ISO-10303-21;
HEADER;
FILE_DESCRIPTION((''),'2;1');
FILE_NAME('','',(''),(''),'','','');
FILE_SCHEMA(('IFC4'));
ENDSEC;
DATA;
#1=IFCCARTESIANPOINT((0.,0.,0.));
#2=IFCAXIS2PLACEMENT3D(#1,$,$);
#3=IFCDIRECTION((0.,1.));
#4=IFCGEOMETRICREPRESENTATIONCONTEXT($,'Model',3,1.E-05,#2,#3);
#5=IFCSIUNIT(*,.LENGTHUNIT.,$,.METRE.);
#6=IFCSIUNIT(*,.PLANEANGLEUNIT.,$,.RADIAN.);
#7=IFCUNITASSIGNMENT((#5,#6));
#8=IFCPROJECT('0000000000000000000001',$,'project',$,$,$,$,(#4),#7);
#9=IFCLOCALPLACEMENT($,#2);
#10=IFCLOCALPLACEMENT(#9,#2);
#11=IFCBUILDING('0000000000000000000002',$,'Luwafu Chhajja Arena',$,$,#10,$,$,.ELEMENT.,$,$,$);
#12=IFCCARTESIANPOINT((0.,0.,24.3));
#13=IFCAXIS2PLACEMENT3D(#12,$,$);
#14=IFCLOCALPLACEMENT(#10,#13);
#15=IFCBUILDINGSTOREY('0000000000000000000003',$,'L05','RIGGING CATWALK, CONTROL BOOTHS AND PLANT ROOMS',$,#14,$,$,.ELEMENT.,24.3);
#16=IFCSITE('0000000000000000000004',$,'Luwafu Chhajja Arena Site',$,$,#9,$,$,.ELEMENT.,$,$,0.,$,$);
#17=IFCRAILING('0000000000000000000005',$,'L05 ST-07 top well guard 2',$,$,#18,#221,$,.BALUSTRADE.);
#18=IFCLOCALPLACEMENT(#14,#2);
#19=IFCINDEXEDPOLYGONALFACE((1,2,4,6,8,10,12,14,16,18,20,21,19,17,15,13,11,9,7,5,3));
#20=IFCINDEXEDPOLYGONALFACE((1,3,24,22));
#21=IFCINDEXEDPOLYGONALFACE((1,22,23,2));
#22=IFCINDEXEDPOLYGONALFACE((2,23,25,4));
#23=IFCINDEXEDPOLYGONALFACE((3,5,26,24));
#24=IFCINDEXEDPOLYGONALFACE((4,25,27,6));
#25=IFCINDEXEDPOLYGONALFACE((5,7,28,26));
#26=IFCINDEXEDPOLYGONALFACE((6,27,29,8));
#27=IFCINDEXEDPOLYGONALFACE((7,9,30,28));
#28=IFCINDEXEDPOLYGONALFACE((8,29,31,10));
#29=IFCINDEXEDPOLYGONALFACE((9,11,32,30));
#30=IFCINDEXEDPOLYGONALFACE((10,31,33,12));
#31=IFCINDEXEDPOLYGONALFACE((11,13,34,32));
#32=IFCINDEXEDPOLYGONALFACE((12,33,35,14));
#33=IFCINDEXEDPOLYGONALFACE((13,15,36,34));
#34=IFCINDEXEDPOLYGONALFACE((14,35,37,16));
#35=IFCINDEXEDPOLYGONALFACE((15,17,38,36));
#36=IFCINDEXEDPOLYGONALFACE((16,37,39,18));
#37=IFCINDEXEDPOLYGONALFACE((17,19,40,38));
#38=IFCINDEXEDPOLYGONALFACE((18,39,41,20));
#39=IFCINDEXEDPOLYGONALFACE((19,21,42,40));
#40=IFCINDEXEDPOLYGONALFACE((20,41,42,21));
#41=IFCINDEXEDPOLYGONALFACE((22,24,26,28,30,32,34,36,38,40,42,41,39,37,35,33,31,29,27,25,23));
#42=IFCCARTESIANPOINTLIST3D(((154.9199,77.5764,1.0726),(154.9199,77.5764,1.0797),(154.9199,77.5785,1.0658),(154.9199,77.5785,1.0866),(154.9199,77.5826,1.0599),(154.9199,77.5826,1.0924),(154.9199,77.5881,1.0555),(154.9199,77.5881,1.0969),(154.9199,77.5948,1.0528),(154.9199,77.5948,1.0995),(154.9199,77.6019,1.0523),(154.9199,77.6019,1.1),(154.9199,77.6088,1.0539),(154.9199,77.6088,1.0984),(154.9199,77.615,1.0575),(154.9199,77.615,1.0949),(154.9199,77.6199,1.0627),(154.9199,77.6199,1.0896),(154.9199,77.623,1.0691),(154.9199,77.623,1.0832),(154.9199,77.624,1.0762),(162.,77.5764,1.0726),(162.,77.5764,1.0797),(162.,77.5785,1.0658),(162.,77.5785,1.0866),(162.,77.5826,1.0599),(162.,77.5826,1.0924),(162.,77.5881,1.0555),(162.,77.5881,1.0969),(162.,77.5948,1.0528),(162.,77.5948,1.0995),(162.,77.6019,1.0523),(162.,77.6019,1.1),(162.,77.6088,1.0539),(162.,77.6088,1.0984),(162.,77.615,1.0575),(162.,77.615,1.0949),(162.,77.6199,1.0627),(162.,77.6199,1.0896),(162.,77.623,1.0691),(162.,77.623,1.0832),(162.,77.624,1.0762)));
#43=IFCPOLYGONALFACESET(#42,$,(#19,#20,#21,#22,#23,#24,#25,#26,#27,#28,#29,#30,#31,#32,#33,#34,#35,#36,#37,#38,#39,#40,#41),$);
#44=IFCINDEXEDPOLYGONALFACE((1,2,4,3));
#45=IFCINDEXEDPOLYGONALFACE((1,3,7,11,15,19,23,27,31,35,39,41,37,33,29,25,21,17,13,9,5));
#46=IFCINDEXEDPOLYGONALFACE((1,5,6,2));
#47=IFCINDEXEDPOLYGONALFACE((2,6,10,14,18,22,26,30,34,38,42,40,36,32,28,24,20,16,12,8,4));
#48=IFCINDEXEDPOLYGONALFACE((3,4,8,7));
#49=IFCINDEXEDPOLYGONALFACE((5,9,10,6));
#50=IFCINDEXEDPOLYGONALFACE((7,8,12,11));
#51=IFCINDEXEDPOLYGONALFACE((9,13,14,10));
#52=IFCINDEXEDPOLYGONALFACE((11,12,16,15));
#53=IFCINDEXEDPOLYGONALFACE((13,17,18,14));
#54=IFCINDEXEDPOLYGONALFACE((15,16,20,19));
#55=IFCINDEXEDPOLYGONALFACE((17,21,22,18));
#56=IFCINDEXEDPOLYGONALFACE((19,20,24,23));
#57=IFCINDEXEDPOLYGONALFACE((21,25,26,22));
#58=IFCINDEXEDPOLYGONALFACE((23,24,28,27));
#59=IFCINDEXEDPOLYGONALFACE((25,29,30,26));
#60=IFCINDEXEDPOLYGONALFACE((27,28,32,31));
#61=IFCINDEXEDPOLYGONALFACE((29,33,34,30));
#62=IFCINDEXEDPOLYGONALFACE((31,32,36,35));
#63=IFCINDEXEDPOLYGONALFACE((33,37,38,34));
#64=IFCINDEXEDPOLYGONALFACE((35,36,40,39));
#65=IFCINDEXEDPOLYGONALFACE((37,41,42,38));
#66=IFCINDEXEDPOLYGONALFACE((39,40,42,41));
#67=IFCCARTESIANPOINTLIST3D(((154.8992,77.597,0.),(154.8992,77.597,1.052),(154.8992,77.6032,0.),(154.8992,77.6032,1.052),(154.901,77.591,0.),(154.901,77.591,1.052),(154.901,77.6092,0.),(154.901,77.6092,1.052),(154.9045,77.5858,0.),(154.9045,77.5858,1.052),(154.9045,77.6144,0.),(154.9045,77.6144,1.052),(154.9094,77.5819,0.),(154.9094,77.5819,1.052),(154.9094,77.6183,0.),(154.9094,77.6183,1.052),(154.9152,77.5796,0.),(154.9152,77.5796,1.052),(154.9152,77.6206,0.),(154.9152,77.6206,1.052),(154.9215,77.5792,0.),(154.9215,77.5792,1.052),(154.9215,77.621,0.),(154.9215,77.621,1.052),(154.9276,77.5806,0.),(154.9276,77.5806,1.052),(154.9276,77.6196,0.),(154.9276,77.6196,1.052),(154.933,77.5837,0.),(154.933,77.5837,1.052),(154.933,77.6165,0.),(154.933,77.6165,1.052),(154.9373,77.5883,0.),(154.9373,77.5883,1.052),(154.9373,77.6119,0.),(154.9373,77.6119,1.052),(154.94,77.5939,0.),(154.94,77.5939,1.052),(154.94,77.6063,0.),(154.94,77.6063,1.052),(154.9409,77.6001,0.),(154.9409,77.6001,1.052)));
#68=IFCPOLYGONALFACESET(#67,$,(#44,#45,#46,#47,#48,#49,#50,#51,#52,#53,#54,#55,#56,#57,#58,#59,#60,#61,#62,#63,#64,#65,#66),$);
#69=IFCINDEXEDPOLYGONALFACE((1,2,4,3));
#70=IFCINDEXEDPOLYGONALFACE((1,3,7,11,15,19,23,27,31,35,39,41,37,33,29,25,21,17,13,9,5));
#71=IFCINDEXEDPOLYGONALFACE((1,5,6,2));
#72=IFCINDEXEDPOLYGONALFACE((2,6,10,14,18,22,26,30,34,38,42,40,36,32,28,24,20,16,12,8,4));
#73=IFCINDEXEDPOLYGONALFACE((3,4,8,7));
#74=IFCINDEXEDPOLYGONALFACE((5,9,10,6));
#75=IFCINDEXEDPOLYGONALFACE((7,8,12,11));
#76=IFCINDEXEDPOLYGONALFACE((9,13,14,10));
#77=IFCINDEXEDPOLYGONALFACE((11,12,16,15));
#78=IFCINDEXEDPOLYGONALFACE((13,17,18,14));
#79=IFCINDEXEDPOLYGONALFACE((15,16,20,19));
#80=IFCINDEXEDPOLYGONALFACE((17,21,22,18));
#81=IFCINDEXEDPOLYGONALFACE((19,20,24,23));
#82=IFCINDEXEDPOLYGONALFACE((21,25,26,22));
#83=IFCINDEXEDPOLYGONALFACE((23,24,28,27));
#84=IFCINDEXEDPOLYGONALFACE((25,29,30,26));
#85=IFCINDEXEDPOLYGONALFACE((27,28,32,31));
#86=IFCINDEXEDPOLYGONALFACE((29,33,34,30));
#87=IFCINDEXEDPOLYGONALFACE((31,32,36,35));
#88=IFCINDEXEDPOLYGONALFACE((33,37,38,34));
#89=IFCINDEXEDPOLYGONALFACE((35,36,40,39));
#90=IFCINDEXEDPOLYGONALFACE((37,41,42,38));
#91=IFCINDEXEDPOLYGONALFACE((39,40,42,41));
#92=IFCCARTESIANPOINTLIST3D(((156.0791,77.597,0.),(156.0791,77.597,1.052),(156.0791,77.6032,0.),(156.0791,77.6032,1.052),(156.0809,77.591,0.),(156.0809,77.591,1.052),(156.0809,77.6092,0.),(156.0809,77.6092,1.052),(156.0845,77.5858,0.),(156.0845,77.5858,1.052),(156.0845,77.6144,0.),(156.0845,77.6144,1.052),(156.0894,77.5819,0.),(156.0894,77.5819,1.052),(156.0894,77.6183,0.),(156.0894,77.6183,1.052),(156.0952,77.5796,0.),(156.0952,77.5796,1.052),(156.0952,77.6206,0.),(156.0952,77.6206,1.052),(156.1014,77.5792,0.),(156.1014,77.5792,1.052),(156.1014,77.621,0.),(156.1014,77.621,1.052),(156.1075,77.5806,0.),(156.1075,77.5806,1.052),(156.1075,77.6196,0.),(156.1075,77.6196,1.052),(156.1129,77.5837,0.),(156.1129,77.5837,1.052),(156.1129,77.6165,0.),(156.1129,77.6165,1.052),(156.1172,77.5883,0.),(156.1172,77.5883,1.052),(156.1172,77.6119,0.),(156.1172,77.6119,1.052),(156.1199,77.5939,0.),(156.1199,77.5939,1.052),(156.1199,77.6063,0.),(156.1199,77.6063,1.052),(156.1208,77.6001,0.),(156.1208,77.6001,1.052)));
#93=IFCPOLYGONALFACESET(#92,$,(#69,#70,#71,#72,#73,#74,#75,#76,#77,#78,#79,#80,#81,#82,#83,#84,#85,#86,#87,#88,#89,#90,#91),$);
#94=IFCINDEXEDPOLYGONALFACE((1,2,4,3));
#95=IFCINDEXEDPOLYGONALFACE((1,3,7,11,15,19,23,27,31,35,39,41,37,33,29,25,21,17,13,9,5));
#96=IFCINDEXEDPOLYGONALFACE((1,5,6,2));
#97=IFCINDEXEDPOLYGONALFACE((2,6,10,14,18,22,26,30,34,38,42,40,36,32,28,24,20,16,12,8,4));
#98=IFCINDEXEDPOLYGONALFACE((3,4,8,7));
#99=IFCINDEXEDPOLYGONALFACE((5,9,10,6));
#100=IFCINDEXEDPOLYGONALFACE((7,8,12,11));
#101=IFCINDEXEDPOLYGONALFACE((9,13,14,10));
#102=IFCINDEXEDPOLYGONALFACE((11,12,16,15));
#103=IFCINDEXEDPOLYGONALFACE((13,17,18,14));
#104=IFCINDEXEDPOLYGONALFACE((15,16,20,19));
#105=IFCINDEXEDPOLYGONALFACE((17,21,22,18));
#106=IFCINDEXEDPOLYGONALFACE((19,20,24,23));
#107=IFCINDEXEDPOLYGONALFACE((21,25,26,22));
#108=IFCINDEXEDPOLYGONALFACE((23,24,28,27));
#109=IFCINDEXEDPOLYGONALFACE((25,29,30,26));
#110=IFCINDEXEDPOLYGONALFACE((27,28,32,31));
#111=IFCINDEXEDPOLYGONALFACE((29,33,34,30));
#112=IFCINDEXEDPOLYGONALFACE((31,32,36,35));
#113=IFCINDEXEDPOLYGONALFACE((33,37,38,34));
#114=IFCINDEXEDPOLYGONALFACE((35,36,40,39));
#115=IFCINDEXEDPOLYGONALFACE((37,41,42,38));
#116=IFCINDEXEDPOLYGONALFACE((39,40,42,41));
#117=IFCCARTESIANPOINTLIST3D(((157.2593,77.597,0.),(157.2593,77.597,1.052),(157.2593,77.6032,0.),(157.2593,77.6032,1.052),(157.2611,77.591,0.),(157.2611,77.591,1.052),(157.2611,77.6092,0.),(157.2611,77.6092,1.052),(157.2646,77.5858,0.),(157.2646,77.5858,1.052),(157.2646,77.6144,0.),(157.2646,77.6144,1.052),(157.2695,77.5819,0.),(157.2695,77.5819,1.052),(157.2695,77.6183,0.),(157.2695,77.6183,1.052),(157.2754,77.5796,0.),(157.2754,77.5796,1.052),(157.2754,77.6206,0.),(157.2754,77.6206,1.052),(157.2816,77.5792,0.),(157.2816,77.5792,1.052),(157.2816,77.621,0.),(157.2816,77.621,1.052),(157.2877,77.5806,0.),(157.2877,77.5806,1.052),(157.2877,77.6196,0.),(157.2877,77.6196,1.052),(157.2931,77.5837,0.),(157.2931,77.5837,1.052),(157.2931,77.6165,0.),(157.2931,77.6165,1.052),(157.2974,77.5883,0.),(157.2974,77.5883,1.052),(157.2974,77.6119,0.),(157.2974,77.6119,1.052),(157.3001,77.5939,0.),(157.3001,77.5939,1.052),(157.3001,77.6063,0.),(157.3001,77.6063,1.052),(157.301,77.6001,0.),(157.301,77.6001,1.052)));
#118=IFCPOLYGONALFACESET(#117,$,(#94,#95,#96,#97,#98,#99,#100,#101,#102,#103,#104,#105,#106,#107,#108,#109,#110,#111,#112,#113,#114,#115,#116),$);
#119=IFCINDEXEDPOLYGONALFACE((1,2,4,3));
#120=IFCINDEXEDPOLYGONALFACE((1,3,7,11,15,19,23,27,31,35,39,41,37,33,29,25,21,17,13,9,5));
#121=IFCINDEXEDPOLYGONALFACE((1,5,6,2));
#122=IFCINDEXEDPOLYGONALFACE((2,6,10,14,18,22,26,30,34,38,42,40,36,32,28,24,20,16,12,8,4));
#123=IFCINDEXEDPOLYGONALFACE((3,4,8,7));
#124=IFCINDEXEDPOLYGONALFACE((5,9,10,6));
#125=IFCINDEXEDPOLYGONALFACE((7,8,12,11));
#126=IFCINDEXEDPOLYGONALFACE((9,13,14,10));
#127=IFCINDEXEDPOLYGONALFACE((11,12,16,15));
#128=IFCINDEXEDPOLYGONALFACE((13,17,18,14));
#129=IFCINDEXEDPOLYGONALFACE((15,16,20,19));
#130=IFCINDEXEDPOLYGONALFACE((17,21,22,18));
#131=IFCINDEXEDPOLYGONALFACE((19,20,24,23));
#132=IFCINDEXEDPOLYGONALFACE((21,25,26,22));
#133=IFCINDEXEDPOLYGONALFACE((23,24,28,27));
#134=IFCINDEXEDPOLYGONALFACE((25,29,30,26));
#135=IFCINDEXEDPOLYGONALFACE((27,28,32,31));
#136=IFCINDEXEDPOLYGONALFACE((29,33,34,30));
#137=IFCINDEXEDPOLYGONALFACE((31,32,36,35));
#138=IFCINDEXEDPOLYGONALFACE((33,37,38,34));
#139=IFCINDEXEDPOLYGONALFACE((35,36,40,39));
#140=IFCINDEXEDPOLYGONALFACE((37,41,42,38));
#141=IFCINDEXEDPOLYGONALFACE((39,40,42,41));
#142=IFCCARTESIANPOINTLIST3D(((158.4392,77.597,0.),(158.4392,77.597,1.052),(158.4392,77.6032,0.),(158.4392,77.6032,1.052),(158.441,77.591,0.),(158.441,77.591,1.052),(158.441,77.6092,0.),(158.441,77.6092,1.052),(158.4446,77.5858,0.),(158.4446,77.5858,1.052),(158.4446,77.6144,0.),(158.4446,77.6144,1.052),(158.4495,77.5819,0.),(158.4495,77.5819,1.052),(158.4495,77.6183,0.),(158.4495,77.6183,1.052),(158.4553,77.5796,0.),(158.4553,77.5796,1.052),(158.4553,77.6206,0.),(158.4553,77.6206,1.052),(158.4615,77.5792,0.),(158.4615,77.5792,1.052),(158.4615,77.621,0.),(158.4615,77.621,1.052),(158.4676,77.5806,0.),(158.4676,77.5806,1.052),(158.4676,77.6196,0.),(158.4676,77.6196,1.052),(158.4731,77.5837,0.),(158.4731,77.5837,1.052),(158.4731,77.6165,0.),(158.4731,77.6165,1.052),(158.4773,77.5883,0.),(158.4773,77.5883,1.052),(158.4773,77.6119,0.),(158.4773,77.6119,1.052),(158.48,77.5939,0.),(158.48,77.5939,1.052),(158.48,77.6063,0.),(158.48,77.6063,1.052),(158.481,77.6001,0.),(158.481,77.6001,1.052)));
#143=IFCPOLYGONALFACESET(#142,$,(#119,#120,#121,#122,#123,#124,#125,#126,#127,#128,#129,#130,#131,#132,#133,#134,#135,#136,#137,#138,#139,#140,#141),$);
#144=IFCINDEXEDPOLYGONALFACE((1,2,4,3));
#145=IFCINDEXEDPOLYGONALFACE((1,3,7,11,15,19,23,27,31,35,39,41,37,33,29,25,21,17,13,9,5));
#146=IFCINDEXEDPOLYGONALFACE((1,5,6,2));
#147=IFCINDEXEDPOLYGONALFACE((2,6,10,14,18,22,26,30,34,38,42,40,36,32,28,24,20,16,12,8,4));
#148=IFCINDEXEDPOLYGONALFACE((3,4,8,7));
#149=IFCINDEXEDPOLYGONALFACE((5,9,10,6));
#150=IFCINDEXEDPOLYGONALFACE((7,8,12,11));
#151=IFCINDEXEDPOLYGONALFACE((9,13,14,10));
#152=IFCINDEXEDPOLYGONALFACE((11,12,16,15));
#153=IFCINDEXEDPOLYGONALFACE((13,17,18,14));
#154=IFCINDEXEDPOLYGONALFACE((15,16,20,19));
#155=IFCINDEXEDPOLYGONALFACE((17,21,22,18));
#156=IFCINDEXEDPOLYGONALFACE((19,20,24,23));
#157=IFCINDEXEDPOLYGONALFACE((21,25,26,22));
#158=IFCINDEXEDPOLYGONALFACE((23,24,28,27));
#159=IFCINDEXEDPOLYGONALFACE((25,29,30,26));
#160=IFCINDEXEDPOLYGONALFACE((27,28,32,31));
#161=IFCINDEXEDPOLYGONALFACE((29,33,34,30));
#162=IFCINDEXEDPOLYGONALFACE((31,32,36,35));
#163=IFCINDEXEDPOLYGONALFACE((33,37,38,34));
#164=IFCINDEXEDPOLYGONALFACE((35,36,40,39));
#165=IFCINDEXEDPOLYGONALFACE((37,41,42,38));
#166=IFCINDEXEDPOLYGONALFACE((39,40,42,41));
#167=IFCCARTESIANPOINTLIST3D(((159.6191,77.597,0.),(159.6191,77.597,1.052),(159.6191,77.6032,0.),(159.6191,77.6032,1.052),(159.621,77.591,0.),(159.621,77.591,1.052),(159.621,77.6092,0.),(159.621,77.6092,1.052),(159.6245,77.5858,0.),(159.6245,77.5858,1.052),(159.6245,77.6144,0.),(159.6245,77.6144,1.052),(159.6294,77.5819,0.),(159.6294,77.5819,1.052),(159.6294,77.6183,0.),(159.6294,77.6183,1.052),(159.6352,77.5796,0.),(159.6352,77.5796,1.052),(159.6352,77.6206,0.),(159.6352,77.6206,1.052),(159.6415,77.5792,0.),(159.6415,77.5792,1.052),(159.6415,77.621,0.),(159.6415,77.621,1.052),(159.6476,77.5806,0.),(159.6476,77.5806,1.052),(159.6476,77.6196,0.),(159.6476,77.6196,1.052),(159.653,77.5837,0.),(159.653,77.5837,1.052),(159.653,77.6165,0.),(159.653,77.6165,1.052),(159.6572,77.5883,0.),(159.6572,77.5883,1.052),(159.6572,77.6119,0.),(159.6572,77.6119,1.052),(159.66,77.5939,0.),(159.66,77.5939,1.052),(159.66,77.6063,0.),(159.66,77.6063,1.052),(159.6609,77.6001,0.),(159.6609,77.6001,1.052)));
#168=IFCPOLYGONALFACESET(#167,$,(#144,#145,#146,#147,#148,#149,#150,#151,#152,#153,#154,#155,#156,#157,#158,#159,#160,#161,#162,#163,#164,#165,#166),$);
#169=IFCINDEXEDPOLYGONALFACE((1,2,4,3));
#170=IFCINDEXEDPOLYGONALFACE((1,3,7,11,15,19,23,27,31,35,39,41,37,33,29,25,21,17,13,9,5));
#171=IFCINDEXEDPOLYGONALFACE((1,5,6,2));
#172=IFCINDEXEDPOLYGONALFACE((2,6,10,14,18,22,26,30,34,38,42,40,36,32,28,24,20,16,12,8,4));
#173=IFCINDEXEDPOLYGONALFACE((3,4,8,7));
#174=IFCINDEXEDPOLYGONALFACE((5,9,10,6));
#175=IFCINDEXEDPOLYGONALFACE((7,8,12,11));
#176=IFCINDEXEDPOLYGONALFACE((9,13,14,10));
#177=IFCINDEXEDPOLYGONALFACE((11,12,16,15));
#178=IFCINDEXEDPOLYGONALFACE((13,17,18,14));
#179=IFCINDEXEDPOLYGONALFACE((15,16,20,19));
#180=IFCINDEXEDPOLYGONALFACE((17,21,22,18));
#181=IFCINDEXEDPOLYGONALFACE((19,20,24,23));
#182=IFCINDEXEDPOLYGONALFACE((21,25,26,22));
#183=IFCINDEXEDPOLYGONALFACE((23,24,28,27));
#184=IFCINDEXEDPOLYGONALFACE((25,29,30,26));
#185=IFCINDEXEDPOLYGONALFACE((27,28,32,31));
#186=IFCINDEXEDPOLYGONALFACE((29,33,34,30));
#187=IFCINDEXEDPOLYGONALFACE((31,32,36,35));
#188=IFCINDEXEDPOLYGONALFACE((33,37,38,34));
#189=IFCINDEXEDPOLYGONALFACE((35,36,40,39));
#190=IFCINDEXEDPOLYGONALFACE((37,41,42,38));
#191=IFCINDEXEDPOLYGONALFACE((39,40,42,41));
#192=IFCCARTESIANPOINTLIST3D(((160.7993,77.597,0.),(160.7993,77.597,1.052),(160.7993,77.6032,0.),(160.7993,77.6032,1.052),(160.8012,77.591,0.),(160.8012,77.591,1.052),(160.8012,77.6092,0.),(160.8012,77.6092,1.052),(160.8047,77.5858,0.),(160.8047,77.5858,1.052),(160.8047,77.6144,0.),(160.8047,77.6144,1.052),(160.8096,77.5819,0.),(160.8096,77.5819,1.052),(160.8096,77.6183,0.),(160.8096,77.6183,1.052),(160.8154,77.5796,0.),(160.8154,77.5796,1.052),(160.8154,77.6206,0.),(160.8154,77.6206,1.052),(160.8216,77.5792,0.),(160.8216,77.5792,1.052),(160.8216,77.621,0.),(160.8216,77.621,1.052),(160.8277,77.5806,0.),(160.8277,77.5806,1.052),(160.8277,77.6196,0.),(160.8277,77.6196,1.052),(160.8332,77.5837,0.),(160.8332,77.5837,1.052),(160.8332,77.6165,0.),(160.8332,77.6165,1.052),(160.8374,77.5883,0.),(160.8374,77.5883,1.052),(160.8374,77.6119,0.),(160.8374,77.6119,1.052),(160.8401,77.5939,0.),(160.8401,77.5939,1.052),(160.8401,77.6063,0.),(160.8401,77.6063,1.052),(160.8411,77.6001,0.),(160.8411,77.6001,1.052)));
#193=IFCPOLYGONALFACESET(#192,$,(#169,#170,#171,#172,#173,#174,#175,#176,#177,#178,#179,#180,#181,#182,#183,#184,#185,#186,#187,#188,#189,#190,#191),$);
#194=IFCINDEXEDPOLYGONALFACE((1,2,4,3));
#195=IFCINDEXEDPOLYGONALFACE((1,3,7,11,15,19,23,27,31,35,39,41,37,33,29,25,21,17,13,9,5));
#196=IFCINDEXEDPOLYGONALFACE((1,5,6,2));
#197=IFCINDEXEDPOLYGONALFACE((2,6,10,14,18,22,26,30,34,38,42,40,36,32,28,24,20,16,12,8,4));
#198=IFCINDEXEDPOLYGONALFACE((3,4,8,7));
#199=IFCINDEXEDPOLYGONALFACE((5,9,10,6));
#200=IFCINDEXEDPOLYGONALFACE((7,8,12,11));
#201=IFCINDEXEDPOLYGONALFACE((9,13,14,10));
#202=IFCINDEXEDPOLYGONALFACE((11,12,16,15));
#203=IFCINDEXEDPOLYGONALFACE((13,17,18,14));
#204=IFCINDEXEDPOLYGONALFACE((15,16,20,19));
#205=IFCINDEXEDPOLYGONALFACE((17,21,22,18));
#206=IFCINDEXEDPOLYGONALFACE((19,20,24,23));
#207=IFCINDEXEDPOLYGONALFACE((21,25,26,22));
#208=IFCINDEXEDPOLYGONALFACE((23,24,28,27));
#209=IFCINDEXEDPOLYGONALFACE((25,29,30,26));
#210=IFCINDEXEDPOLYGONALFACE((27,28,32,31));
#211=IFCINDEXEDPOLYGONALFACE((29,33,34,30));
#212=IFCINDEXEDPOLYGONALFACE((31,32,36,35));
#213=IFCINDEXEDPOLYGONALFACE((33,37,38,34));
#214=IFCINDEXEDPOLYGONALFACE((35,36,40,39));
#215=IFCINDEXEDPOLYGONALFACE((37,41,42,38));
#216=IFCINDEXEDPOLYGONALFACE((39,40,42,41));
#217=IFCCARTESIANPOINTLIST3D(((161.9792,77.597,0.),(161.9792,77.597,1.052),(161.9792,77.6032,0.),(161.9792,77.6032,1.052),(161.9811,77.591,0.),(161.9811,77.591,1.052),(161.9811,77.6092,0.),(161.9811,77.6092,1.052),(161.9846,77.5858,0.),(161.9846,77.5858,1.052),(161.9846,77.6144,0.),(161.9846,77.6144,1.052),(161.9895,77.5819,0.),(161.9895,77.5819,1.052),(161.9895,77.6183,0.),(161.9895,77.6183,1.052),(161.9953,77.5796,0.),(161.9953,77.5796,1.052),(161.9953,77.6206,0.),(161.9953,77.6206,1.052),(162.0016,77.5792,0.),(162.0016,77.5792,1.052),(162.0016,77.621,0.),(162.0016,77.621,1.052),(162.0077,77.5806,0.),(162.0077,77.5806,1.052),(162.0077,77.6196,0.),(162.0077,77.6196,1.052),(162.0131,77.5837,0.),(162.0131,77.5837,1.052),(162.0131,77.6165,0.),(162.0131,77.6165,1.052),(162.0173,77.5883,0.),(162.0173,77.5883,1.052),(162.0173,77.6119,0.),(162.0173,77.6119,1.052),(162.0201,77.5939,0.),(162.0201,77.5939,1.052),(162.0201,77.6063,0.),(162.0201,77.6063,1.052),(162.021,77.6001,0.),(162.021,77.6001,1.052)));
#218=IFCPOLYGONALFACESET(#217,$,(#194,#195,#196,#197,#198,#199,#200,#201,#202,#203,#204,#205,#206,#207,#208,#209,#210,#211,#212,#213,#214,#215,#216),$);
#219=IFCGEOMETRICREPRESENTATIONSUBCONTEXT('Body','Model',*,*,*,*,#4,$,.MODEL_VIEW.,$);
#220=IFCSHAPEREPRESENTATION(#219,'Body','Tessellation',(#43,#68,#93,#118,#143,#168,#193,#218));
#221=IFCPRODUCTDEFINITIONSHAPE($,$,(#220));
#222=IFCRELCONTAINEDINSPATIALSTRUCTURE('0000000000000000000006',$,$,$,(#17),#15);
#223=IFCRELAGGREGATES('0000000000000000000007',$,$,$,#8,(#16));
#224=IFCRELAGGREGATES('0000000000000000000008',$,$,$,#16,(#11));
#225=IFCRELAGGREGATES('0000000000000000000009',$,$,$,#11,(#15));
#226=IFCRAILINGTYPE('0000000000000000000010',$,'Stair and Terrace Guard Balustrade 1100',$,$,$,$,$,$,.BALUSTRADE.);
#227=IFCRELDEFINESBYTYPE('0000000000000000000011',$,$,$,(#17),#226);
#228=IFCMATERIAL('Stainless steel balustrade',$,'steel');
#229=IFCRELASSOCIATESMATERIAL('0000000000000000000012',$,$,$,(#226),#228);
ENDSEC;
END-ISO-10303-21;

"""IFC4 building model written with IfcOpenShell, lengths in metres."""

from ifc_helpers import new_model, si_unit, direction, frame, origin, origin_2d, place, context, subcontext, project, spatial, circle, extrude, material, type_object, element, save


model = new_model("IFC4")

# Units and contexts
model_context = context("Model", 3, precision=1e-05, world=origin(), true_north=direction((0.0, 1.0)))
body_context = subcontext(model_context, "Body", "Model", "MODEL_VIEW")
ifc_project = project(units=[si_unit("LENGTHUNIT", "METRE"), si_unit("PLANEANGLEUNIT", "RADIAN")], contexts=[model_context])

# Site, building, storey
site_placement = place(None, origin())
site = spatial("IfcSite", under=ifc_project, at=site_placement, Name="Luwafu Chhajja Arena Site", CompositionType="ELEMENT", RefElevation=0.0)
building_placement = place(site_placement, origin())
building = spatial("IfcBuilding", under=site, at=building_placement, Name="Luwafu Chhajja Arena", CompositionType="ELEMENT")
storey_placement = place(building_placement, frame((0.0, 0.0, 24.3)))
storey = spatial("IfcBuildingStorey", under=building, at=storey_placement, Name="L05", Description="RIGGING CATWALK, CONTROL BOOTHS AND PLANT ROOMS", CompositionType="ELEMENT", Elevation=24.3)

# Railing
ifc_material_1 = material(Name="Stainless steel balustrade", Category="steel")
railing_type_1 = type_object("IfcRailingType", Name="Stair and Terrace Guard Balustrade 1100", PredefinedType="BALUSTRADE", material=ifc_material_1)
railing_1_placement = place(storey_placement, frame((154.9199, 77.6001, 0.0)))
element("IfcRailing", 1, at=railing_1_placement, inside=storey, type_object=railing_type_1, Name="L05 ST-07 top well guard 2", PredefinedType="BALUSTRADE", context=body_context, shape_type="SweptSolid", body=[
    extrude(circle(Radius=0.0239, at=origin_2d()), frame((0.0, 0.0, 1.0762), z_axis=(1.0, 0.0, 0.0), x_axis=(0.0, 1.0, 0.0)), (0.0, 0.0, 1.0), 7.0801),
    extrude(circle(Radius=0.021, at=origin_2d()), origin(), (0.0, 0.0, 1.0), 1.052),
    extrude(circle(Radius=0.021, at=origin_2d()), frame((1.1799, 0.0, 0.0)), (0.0, 0.0, 1.0), 1.052),
    extrude(circle(Radius=0.021, at=origin_2d()), frame((2.3601, 0.0, 0.0)), (0.0, 0.0, 1.0), 1.052),
    extrude(circle(Radius=0.021, at=origin_2d()), frame((3.54, 0.0, 0.0)), (0.0, 0.0, 1.0), 1.052),
    extrude(circle(Radius=0.021, at=origin_2d()), frame((4.72, 0.0, 0.0)), (0.0, 0.0, 1.0), 1.052),
    extrude(circle(Radius=0.021, at=origin_2d()), frame((5.9001, 0.0, 0.0)), (0.0, 0.0, 1.0), 1.052),
    extrude(circle(Radius=0.021, at=origin_2d()), frame((7.0801, 0.0, 0.0)), (0.0, 0.0, 1.0), 1.052),
])

save(model, "model.ifc")
